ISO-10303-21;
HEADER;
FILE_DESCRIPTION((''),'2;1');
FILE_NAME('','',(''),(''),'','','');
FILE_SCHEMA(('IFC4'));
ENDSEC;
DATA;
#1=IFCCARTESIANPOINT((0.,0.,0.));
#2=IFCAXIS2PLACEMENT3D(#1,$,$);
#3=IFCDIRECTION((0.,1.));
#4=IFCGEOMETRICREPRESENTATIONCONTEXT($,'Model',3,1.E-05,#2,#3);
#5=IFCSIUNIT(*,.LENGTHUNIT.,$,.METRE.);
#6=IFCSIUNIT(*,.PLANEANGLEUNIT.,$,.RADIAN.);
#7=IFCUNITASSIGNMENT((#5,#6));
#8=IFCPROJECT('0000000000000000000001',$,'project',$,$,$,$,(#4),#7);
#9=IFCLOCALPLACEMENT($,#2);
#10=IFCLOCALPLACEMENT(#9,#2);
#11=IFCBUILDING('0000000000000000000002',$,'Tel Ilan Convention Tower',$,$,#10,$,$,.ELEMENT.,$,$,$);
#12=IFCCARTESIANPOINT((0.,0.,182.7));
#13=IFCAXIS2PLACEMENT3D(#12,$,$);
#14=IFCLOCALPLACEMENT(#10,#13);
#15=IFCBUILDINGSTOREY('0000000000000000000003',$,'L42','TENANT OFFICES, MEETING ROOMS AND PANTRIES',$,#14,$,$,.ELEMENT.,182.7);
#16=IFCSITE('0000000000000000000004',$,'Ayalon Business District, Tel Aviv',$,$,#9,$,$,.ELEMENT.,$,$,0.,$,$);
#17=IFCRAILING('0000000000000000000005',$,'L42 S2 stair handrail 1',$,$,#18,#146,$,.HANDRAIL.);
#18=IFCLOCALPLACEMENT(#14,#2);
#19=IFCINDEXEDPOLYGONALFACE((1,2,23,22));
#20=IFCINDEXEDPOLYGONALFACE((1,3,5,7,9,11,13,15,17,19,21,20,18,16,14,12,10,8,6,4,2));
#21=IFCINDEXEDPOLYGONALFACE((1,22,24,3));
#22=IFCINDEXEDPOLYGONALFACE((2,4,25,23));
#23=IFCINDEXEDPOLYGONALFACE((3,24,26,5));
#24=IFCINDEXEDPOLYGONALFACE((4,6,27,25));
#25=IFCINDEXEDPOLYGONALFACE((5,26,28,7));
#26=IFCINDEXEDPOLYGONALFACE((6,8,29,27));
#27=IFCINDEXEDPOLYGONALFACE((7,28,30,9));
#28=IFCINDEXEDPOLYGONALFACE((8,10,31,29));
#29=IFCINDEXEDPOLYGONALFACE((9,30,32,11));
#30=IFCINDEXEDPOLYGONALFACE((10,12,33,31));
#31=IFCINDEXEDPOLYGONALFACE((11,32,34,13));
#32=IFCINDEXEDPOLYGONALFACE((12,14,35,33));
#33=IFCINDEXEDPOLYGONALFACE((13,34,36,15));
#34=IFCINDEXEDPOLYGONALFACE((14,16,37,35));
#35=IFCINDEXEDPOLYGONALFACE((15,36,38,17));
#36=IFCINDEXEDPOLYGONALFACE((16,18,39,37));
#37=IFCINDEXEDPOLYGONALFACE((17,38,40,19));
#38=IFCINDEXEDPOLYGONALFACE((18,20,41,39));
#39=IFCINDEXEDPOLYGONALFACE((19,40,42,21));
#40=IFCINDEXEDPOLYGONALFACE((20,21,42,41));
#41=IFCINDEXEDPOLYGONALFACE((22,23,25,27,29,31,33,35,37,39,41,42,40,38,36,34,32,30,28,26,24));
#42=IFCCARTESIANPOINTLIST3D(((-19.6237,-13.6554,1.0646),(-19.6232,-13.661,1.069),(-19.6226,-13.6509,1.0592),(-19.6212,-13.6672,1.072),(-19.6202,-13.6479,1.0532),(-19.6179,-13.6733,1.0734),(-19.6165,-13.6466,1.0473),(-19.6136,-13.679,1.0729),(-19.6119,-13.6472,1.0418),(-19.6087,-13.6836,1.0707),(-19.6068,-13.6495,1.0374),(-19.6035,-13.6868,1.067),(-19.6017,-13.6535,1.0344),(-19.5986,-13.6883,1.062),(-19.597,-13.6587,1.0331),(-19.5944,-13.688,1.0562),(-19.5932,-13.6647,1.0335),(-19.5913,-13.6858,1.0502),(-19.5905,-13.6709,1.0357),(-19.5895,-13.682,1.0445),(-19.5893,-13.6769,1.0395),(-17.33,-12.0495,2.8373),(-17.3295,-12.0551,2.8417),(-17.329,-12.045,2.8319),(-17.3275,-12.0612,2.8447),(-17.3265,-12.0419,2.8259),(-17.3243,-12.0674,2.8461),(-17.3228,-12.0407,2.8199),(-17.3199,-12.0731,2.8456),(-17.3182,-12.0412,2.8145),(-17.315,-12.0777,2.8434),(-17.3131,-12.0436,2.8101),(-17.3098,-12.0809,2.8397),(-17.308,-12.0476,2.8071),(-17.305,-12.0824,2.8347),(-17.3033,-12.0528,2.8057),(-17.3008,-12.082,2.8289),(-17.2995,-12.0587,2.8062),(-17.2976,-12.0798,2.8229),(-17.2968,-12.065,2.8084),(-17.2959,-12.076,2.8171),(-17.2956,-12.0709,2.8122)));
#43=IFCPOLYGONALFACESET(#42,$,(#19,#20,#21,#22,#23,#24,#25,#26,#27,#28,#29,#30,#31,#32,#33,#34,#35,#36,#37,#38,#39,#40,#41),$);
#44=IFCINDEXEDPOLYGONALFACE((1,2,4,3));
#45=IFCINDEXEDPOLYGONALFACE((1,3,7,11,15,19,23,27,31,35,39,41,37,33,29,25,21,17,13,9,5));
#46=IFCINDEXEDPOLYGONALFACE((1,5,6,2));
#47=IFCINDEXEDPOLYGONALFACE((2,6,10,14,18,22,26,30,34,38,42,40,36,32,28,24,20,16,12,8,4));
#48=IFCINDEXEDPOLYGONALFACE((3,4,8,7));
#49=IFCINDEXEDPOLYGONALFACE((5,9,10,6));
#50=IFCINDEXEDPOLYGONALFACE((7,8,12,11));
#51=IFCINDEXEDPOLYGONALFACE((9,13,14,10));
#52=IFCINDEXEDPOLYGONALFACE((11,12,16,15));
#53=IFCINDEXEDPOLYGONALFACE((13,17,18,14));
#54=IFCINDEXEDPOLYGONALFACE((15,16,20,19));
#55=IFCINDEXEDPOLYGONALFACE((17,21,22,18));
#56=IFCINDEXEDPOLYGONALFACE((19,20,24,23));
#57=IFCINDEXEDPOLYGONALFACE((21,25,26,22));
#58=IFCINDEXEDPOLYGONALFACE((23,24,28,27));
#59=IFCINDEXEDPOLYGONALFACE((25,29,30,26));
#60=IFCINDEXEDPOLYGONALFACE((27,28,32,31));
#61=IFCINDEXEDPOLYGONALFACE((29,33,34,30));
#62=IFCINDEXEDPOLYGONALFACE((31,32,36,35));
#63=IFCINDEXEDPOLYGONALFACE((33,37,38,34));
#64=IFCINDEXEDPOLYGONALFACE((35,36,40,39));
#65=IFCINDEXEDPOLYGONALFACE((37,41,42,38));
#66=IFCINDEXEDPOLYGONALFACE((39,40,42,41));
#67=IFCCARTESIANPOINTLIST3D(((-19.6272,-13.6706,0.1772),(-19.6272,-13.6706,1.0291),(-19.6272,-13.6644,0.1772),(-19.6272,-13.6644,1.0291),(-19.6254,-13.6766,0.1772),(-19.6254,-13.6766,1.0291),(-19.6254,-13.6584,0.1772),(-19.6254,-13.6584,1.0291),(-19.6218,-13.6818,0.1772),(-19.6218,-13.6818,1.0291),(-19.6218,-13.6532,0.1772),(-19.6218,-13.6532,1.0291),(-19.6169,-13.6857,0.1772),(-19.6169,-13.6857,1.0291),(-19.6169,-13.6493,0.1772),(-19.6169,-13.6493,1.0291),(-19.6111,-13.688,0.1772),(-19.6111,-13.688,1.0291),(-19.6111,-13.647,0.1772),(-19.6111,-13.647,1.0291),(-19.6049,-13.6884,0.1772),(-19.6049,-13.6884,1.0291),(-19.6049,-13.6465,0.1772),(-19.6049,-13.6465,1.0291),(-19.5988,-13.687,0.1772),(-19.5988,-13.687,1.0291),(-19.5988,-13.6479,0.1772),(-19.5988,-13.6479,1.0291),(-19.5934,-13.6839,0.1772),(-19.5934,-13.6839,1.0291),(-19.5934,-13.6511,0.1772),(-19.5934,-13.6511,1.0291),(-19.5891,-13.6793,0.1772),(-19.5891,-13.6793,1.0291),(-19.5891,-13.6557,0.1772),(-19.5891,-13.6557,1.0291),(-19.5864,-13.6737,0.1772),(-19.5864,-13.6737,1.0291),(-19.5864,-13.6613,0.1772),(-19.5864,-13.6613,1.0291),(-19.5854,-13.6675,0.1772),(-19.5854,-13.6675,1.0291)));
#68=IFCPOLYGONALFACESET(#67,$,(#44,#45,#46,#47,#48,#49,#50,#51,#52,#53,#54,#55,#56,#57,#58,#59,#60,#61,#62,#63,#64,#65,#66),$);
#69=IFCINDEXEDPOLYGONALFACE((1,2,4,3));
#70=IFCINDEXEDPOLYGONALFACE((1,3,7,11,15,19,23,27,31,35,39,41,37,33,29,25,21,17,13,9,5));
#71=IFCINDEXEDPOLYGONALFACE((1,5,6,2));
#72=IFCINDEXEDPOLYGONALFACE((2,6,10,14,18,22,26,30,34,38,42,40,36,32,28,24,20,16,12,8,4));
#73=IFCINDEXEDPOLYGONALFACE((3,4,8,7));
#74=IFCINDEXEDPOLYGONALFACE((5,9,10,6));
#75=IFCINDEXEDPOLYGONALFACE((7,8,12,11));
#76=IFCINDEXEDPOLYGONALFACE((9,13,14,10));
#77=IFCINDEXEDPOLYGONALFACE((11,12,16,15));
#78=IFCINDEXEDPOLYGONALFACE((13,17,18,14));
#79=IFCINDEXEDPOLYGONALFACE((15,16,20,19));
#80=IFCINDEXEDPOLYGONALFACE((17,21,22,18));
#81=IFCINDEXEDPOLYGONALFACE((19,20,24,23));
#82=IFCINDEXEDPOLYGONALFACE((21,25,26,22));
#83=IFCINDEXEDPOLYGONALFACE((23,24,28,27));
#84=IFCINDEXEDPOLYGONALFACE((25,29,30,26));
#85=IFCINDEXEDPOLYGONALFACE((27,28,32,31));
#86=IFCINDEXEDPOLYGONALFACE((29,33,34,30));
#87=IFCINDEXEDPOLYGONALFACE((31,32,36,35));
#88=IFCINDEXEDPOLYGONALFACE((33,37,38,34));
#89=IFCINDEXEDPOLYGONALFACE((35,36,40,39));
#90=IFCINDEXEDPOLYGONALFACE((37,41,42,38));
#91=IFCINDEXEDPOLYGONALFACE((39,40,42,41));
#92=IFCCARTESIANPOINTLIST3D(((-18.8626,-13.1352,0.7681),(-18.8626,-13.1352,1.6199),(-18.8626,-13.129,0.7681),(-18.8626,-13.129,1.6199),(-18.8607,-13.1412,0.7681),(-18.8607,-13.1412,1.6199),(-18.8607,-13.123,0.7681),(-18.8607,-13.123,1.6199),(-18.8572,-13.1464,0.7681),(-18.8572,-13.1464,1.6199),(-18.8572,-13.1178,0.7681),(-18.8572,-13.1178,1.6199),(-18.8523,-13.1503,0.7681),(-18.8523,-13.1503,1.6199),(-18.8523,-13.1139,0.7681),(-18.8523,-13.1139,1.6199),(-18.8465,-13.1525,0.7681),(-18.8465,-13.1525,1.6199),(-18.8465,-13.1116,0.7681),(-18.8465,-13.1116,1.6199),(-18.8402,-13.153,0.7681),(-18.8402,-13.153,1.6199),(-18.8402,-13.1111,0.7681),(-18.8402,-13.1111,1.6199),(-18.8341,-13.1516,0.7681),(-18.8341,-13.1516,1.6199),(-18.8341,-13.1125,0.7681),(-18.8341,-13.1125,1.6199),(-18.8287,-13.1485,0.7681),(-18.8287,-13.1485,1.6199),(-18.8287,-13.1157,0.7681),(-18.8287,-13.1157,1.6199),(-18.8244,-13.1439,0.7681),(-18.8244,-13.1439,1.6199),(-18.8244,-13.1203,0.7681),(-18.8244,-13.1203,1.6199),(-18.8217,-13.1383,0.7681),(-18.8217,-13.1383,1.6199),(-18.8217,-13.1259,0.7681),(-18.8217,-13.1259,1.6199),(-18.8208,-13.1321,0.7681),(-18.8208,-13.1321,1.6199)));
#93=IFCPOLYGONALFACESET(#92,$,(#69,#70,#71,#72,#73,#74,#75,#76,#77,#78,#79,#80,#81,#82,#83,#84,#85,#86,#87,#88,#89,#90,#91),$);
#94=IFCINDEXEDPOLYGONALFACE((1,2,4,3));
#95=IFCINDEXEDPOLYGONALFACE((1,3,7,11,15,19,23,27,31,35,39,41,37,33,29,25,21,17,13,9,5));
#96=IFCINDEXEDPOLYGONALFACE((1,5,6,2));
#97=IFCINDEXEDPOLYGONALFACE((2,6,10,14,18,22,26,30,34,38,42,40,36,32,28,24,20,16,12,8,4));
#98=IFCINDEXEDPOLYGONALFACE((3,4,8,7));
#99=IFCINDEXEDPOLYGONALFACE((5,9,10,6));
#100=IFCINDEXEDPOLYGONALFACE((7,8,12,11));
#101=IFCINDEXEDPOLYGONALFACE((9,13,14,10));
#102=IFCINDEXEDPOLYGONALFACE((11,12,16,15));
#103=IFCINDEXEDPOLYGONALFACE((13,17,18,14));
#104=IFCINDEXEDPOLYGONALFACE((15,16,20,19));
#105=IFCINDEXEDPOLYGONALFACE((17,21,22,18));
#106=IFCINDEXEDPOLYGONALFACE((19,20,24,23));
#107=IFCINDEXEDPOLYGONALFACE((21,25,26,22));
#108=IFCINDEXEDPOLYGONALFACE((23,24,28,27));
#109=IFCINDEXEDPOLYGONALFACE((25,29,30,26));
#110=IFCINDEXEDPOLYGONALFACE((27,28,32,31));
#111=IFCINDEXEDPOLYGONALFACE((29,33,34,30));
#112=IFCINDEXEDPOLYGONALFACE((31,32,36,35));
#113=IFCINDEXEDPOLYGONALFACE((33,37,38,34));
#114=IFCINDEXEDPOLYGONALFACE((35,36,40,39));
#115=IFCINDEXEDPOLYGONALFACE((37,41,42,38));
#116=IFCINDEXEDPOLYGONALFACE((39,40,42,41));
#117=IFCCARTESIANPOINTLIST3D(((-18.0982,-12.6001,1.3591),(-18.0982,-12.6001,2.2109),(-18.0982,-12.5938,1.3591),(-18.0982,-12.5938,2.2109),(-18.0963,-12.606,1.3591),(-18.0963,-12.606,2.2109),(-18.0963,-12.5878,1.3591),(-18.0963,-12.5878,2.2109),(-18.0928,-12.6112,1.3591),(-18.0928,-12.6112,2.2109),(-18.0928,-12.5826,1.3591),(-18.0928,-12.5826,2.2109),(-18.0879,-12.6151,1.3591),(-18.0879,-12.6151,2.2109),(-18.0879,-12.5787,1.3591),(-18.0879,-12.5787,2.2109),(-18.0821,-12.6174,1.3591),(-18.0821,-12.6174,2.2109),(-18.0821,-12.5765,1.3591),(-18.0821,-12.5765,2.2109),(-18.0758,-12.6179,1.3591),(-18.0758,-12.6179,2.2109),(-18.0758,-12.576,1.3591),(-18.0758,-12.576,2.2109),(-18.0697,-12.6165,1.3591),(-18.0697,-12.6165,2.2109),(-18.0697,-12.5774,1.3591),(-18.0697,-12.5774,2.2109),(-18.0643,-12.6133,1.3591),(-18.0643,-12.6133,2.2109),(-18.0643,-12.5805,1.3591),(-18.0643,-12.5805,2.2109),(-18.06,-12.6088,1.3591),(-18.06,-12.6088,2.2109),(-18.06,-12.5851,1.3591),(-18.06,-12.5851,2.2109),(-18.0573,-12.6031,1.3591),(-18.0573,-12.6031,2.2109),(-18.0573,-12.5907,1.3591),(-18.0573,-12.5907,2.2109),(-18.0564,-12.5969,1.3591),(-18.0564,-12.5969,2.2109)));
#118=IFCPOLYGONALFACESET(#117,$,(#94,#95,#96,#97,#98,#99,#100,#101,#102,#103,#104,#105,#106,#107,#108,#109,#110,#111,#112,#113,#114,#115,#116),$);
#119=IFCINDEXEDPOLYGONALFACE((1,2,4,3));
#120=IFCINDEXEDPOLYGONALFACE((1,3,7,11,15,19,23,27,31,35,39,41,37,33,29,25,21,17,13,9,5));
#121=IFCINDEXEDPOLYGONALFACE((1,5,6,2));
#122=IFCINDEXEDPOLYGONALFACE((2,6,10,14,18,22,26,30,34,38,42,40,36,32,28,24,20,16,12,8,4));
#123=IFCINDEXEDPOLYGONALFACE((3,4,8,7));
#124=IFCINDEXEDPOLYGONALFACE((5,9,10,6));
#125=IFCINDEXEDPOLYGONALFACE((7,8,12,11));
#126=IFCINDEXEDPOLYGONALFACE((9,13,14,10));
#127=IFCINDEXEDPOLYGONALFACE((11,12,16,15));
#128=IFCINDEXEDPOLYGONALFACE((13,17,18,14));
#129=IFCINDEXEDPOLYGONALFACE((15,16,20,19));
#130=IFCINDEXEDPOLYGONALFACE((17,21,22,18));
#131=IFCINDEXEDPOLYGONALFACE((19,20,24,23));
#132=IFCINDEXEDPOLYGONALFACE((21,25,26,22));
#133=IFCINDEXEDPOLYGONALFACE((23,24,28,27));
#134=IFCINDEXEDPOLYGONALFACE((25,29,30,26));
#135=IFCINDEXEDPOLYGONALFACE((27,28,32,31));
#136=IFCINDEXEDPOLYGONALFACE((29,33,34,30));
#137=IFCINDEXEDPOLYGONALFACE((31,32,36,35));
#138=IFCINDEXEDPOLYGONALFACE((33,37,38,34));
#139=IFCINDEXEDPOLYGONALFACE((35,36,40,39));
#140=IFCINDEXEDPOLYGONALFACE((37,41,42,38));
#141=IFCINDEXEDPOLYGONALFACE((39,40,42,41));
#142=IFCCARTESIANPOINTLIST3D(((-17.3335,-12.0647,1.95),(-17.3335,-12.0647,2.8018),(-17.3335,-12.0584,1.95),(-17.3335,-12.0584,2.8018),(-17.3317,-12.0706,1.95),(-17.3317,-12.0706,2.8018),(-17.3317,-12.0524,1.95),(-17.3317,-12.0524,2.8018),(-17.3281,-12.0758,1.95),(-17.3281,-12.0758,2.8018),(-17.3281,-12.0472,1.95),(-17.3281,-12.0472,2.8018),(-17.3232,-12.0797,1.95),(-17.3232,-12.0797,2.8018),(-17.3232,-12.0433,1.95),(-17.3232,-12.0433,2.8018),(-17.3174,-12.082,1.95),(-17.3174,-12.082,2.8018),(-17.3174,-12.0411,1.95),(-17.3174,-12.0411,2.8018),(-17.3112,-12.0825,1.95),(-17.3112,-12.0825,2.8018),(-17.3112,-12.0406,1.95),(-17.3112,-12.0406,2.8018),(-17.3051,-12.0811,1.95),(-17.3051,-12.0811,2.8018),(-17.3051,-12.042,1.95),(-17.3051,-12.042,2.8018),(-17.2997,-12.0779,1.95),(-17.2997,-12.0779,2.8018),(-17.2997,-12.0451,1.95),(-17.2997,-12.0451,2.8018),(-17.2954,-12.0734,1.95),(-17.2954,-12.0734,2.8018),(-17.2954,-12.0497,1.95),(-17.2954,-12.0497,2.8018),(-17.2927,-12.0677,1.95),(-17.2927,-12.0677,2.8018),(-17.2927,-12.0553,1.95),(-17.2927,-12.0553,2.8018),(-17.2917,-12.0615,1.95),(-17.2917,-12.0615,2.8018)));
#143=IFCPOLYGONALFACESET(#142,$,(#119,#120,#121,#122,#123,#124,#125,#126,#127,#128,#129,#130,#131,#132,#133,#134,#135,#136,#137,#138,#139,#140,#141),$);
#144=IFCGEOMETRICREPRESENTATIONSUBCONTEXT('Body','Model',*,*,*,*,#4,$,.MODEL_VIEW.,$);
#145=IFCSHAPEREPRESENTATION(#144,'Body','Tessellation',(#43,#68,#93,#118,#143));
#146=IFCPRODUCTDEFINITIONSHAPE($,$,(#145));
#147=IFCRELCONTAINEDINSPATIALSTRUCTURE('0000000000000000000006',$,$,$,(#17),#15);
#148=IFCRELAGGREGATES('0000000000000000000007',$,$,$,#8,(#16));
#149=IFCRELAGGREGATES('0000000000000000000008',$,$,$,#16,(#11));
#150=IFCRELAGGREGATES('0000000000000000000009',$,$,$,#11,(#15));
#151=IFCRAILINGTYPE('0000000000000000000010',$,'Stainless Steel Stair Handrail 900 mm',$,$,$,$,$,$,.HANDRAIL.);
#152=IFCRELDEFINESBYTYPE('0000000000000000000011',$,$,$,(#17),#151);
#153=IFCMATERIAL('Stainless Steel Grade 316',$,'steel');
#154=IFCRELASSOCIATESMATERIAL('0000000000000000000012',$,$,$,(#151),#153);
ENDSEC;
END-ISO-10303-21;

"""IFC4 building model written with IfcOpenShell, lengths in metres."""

from ifc_helpers import new_model, si_unit, direction, frame, origin, origin_2d, place, context, subcontext, project, spatial, circle, extrude, material, type_object, element, save


model = new_model("IFC4")

# Units and contexts
model_context = context("Model", 3, precision=1e-05, world=origin(), true_north=direction((0.0, 1.0)))
body_context = subcontext(model_context, "Body", "Model", "MODEL_VIEW")
ifc_project = project(units=[si_unit("LENGTHUNIT", "METRE"), si_unit("PLANEANGLEUNIT", "RADIAN")], contexts=[model_context])

# Site, building, storey
site_placement = place(None, origin())
site = spatial("IfcSite", under=ifc_project, at=site_placement, Name="Ayalon Business District, Tel Aviv", CompositionType="ELEMENT", RefElevation=0.0)
building_placement = place(site_placement, origin())
building = spatial("IfcBuilding", under=site, at=building_placement, Name="Tel Ilan Convention Tower", CompositionType="ELEMENT")
storey_placement = place(building_placement, frame((0.0, 0.0, 182.7)))
storey = spatial("IfcBuildingStorey", under=building, at=storey_placement, Name="L42", Description="TENANT OFFICES, MEETING ROOMS AND PANTRIES", CompositionType="ELEMENT", Elevation=182.7)

# Railing
ifc_material_1 = material(Name="Stainless Steel Grade 316", Category="steel")
railing_type_1 = type_object("IfcRailingType", Name="Stainless Steel Stair Handrail 900 mm", PredefinedType="HANDRAIL", material=ifc_material_1)
railing_1_placement = place(storey_placement, frame((-19.6064, -13.6675, 0.1772)))
element("IfcRailing", 1, at=railing_1_placement, inside=storey, type_object=railing_type_1, Name="L42 S2 stair handrail 1", PredefinedType="HANDRAIL", context=body_context, shape_type="SweptSolid", body=[
    extrude(circle(Radius=0.0239, at=origin_2d()), frame((0.0, 0.0, 0.876), z_axis=(0.692123, 0.484597, 0.534913), x_axis=(-0.57355, 0.81917, 0.0)), (0.0, 0.0, 1.0), 3.314),
    extrude(circle(Radius=0.021, at=origin_2d()), origin(), (0.0, 0.0, 1.0), 0.8518),
    extrude(circle(Radius=0.021, at=origin_2d()), frame((0.7646, 0.5354, 0.5908)), (0.0, 0.0, 1.0), 0.8518),
    extrude(circle(Radius=0.021, at=origin_2d()), frame((1.5291, 1.0706, 1.1819)), (0.0, 0.0, 1.0), 0.8518),
    extrude(circle(Radius=0.021, at=origin_2d()), frame((2.2937, 1.606, 1.7727)), (0.0, 0.0, 1.0), 0.8518),
])

save(model, "model.ifc")
